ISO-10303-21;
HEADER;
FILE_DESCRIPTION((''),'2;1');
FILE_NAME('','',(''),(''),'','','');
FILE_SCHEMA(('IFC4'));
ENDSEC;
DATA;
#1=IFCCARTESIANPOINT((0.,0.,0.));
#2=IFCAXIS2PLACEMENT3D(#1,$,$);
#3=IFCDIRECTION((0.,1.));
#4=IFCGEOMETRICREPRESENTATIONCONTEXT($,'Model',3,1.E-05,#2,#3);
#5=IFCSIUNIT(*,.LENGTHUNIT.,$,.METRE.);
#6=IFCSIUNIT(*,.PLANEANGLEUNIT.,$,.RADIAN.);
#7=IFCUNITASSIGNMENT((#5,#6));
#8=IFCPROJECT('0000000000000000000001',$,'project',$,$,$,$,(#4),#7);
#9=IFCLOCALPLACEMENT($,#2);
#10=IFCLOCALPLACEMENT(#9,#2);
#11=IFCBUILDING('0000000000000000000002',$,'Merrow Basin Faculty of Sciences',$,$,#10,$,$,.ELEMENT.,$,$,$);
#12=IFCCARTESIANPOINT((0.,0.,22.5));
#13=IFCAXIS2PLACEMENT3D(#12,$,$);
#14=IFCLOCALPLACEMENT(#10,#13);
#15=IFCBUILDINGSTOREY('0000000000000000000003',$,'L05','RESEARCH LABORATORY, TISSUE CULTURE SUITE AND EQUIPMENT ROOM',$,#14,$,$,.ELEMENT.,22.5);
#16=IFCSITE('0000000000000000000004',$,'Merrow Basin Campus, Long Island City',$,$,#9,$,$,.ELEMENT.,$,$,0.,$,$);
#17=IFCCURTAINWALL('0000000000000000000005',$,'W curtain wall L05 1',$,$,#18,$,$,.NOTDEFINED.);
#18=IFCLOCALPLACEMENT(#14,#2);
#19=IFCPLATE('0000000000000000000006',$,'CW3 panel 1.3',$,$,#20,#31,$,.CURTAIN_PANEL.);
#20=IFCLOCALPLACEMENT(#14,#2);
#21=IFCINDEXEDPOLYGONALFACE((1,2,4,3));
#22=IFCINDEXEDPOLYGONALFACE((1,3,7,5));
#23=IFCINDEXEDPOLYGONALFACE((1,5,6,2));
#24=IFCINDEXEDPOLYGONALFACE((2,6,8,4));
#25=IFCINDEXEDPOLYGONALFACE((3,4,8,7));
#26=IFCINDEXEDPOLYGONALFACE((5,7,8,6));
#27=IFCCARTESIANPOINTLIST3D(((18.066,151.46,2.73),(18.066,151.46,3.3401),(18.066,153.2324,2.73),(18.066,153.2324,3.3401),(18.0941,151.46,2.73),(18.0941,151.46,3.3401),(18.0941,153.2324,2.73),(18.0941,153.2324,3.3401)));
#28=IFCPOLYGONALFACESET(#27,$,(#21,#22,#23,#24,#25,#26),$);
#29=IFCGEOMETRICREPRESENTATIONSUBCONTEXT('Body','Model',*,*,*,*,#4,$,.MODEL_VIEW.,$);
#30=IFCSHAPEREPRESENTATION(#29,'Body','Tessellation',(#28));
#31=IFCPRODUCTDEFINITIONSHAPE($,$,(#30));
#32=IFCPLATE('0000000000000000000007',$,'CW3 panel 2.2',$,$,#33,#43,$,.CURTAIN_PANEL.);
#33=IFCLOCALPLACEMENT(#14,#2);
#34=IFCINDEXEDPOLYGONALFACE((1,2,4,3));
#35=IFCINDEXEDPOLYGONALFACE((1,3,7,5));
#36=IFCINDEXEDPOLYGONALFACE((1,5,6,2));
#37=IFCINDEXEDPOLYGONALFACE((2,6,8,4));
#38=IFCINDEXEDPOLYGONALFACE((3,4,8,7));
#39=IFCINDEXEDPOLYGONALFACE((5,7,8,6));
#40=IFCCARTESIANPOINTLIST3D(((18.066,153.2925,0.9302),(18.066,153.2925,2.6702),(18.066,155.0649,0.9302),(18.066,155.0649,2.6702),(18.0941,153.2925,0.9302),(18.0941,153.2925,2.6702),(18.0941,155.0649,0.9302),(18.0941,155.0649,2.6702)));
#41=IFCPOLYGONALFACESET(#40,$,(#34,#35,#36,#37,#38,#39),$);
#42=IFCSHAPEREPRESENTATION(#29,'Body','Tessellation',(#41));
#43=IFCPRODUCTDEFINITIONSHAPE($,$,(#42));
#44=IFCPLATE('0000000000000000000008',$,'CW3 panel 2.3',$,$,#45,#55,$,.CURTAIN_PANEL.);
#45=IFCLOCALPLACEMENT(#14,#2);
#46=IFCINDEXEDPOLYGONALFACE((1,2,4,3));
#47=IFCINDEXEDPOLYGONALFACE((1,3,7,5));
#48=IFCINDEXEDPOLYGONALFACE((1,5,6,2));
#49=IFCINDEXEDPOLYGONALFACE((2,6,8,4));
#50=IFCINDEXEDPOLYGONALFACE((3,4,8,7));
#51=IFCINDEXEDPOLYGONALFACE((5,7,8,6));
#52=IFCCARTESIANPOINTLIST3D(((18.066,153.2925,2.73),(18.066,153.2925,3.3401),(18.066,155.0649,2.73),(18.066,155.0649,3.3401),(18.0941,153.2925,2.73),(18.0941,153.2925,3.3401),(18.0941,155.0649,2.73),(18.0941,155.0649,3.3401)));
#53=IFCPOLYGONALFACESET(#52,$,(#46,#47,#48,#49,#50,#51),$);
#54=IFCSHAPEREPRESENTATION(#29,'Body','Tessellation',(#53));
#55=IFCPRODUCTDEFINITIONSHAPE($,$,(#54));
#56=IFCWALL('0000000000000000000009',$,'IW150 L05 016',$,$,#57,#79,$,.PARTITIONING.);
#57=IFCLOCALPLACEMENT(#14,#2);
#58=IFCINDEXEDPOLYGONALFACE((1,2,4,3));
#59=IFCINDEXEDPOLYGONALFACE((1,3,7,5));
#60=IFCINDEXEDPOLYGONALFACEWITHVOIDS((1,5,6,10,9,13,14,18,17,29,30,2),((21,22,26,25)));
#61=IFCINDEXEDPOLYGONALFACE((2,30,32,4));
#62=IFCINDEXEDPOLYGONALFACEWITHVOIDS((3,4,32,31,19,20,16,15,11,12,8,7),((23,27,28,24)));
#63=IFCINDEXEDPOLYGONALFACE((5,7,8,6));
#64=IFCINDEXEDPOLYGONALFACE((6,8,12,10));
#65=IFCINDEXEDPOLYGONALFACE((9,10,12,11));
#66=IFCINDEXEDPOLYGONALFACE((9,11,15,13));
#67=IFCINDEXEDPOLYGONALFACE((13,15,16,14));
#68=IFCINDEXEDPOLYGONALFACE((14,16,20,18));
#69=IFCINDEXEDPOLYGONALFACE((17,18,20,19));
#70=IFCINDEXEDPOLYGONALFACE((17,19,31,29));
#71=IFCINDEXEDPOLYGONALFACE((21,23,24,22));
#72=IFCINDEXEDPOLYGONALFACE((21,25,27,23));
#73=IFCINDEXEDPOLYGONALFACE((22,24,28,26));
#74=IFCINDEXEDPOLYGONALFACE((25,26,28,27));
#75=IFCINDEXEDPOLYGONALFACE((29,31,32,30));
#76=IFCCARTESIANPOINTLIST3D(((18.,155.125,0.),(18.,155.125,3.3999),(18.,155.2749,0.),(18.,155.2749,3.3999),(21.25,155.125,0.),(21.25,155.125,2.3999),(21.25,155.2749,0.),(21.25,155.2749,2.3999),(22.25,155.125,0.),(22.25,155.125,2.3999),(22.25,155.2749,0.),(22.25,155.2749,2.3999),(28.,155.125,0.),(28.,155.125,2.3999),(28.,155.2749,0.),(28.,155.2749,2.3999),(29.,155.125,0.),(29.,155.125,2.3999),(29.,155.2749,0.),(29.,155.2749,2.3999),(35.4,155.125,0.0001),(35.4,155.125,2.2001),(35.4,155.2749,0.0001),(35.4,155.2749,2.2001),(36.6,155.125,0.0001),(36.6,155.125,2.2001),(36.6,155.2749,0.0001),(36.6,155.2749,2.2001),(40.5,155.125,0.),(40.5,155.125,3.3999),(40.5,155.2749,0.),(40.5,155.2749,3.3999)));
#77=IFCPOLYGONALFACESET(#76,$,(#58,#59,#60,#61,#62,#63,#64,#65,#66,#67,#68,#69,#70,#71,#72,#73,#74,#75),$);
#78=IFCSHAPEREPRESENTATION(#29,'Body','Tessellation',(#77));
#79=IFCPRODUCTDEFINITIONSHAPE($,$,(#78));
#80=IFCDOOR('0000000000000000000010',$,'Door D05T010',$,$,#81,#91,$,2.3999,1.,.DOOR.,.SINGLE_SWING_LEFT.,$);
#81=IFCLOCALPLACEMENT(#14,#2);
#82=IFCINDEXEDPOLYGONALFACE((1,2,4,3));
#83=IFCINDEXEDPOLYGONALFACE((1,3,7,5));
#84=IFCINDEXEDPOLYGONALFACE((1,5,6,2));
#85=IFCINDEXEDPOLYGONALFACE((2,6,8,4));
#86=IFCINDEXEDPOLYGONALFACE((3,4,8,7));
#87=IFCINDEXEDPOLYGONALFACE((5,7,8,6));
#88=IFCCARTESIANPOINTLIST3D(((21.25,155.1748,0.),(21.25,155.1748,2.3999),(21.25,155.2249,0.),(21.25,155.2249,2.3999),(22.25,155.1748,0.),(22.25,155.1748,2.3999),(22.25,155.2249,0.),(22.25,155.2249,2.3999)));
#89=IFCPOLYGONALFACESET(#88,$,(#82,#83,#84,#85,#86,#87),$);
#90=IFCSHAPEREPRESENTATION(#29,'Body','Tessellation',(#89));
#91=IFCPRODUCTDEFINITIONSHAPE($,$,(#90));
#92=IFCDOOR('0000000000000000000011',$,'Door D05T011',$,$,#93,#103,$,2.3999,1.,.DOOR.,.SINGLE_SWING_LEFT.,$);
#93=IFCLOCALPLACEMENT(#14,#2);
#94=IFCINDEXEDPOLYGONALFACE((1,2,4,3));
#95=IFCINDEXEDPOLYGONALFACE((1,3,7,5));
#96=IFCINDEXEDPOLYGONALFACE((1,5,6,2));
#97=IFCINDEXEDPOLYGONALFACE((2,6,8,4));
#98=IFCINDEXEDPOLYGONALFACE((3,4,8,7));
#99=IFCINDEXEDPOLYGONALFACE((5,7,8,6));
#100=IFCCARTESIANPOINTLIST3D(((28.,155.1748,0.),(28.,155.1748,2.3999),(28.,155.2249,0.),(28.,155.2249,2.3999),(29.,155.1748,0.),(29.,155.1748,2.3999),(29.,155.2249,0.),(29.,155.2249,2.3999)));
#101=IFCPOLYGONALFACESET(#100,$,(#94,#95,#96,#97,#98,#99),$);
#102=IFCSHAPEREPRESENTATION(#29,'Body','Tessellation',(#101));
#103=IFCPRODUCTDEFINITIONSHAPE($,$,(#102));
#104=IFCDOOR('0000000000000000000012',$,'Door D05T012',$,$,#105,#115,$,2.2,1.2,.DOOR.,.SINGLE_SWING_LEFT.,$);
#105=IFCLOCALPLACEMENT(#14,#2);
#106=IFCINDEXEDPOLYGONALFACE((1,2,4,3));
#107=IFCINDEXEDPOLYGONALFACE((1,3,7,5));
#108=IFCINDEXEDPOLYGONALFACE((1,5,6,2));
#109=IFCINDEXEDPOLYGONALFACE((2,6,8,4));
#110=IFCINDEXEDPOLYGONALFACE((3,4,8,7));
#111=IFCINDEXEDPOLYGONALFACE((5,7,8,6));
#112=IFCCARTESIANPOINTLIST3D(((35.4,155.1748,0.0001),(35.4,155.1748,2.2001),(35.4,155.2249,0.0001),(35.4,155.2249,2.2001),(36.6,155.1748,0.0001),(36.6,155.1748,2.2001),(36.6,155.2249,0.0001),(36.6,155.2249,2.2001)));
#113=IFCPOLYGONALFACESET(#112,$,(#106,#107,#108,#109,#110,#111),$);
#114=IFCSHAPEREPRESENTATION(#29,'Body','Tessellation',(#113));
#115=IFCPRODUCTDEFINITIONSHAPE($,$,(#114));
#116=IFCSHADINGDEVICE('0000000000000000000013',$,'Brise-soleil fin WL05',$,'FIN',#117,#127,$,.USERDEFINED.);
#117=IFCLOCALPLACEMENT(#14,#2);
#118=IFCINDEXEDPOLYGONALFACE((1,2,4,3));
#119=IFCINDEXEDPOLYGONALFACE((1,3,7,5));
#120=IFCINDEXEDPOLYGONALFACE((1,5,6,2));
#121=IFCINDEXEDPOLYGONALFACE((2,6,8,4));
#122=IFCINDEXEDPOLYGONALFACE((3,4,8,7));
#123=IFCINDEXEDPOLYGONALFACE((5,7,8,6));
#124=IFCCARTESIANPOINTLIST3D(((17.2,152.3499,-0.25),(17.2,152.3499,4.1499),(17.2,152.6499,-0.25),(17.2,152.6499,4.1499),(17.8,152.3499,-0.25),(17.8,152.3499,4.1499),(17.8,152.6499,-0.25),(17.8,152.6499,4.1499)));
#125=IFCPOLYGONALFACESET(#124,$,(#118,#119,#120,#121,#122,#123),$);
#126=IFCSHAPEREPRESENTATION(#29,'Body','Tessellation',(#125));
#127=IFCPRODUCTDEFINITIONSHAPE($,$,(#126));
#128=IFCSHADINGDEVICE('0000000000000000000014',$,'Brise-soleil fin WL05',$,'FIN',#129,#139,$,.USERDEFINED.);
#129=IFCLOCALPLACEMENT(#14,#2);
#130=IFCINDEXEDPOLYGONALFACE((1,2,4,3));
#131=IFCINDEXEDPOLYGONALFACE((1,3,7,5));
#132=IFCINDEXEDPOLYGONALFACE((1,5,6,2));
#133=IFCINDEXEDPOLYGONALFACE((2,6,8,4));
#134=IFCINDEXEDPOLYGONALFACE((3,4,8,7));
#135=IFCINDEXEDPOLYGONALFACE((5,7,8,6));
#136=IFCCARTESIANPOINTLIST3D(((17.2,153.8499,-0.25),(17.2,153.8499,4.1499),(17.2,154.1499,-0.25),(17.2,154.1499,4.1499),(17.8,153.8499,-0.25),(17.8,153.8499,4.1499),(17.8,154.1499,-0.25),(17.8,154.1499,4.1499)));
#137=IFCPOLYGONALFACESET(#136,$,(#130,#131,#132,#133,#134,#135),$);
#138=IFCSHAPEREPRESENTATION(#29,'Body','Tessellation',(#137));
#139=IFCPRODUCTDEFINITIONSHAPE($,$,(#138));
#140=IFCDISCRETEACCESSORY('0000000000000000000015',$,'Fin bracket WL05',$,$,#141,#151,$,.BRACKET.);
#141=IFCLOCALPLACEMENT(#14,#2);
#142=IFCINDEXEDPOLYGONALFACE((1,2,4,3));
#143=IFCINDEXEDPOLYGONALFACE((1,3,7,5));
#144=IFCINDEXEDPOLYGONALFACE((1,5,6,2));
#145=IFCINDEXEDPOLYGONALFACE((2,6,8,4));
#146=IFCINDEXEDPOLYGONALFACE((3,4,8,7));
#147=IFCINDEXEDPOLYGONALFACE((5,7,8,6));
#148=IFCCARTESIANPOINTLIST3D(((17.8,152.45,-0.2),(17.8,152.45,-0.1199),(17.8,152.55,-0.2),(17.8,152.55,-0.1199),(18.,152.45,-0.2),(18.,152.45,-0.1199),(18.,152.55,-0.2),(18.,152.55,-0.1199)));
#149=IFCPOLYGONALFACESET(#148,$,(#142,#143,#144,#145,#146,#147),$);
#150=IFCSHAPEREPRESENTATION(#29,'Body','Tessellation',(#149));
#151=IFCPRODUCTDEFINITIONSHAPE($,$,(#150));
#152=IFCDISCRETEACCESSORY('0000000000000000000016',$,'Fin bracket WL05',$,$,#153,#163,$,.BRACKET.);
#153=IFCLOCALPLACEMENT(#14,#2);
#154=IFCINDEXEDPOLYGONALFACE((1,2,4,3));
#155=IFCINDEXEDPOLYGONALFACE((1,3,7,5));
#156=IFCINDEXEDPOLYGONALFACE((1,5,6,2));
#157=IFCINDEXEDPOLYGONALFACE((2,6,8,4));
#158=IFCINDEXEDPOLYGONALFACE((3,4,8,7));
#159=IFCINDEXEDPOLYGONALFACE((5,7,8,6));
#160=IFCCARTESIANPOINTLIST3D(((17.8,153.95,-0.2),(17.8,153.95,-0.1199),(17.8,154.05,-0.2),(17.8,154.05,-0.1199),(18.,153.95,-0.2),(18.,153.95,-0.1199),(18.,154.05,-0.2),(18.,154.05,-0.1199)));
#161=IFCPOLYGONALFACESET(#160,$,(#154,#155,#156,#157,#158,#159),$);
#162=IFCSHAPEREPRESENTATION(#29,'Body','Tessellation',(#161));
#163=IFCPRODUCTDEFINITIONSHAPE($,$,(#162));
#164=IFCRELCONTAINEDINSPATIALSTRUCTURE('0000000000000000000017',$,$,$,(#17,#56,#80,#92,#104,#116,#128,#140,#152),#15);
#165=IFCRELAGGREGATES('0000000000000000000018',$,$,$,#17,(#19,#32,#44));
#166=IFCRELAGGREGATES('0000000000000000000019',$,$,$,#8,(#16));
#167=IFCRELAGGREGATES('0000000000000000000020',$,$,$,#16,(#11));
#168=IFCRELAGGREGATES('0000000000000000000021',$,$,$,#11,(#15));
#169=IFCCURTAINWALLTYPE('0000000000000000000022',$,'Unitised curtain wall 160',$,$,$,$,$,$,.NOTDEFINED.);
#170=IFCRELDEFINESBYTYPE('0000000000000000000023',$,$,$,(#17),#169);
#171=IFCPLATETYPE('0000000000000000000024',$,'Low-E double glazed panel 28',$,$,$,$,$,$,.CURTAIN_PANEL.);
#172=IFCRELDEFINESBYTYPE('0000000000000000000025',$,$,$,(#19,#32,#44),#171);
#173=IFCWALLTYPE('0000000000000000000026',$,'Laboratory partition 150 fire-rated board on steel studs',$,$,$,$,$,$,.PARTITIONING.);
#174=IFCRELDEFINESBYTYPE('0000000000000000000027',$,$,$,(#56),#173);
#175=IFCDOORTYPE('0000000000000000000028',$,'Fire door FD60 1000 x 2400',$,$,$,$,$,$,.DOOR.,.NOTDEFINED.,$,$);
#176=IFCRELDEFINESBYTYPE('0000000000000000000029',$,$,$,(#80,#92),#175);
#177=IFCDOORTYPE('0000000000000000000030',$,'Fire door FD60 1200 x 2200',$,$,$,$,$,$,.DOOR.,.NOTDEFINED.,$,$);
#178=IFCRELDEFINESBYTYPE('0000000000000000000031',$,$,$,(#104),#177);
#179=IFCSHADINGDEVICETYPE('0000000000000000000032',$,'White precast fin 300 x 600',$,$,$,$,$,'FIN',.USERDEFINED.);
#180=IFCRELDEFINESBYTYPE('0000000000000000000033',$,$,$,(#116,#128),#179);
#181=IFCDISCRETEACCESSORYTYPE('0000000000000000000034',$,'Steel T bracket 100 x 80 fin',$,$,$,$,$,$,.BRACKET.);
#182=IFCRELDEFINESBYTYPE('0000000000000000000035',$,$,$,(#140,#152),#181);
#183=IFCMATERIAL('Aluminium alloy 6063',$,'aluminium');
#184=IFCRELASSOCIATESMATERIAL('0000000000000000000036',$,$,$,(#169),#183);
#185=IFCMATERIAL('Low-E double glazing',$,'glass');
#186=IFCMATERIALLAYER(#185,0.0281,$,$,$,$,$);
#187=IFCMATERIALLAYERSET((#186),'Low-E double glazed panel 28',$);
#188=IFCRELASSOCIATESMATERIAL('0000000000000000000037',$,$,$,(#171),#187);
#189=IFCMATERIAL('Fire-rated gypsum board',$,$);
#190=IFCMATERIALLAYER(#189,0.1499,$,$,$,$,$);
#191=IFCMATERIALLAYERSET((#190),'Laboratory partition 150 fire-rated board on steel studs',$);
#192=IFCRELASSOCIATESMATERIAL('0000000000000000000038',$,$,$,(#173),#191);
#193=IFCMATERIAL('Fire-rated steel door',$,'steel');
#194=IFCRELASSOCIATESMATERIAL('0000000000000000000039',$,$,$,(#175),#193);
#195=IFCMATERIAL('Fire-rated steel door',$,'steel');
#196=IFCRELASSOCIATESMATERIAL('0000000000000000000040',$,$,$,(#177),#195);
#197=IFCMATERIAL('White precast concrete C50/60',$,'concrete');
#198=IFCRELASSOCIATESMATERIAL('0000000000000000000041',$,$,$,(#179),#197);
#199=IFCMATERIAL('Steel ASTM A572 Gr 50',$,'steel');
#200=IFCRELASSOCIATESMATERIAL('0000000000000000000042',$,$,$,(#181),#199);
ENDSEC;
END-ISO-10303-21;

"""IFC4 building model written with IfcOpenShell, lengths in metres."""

from ifc_helpers import new_model, si_unit, direction, frame, frame_2d, origin, origin_2d, place, context, subcontext, project, spatial, polyline, rectangle, outline, extrude, source, transform, mapped, material, layer, layer_set, type_object, element, fill, aggregate, save


model = new_model("IFC4")

# Units and contexts
model_context = context("Model", 3, precision=1e-05, world=origin(), true_north=direction((0.0, 1.0)))
body_context = subcontext(model_context, "Body", "Model", "MODEL_VIEW")
ifc_project = project(units=[si_unit("LENGTHUNIT", "METRE"), si_unit("PLANEANGLEUNIT", "RADIAN")], contexts=[model_context])

# Site, building, storey
site_placement = place(None, origin())
site = spatial("IfcSite", under=ifc_project, at=site_placement, Name="Merrow Basin Campus, Long Island City", CompositionType="ELEMENT", RefElevation=0.0)
building_placement = place(site_placement, origin())
building = spatial("IfcBuilding", under=site, at=building_placement, Name="Merrow Basin Faculty of Sciences", CompositionType="ELEMENT")
storey_placement = place(building_placement, frame((0.0, 0.0, 22.5)))
storey = spatial("IfcBuildingStorey", under=building, at=storey_placement, Name="L05", Description="RESEARCH LABORATORY, TISSUE CULTURE SUITE AND EQUIPMENT ROOM", CompositionType="ELEMENT", Elevation=22.5)

# Curtain wall, plates
ifc_material_1 = material(Name="Aluminium alloy 6063", Category="aluminium")
curtain_wall_type = type_object("IfcCurtainWallType", Name="Unitised curtain wall 160", PredefinedType="NOTDEFINED", material=ifc_material_1)
curtain_wall_placement = place(storey_placement, origin())
curtain_wall = element("IfcCurtainWall", 1, at=curtain_wall_placement, inside=storey, type_object=curtain_wall_type, Name="W curtain wall L05 1", PredefinedType="NOTDEFINED")
ifc_material_2 = material(Name="Low-E double glazing", Category="glass")
ifc_layer_1 = layer(ifc_material_2, 0.0281)
ifc_layer_set_1 = layer_set([ifc_layer_1], Name="Low-E double glazed panel 28")
plate_type_1 = type_object("IfcPlateType", Name="Low-E double glazed panel 28", PredefinedType="CURTAIN_PANEL", material=ifc_layer_set_1)
plate_1_placement = place(storey_placement, frame((18.0801, 152.3462, 2.73), z_axis=(0.0, 0.0, 1.0), x_axis=(0.0, 1.0, 0.0)))
plate_1 = element("IfcPlate", 2, at=plate_1_placement, type_object=plate_type_1, Name="CW3 panel 1.3", PredefinedType="CURTAIN_PANEL", context=body_context, shape_type="SweptSolid", body=[
    extrude(rectangle(XDim=1.7725, YDim=0.0281, at=origin_2d()), origin(), (0.0, 0.0, 1.0), 0.6101),
])
plate_2_placement = place(storey_placement, frame((18.0801, 154.1787, 0.9302), z_axis=(0.0, 0.0, 1.0), x_axis=(0.0, 1.0, 0.0)))
plate_2 = element("IfcPlate", 3, at=plate_2_placement, type_object=plate_type_1, Name="CW3 panel 2.2", PredefinedType="CURTAIN_PANEL", context=body_context, shape_type="SweptSolid", body=[
    extrude(rectangle(XDim=1.7725, YDim=0.0281, at=origin_2d()), origin(), (0.0, 0.0, 1.0), 1.74),
])
plate_3_placement = place(storey_placement, frame((18.0801, 154.1787, 2.73), z_axis=(0.0, 0.0, 1.0), x_axis=(0.0, 1.0, 0.0)))
plate_3 = element("IfcPlate", 4, at=plate_3_placement, type_object=plate_type_1, Name="CW3 panel 2.3", PredefinedType="CURTAIN_PANEL", context=body_context, shape_type="SweptSolid", body=[
    extrude(rectangle(XDim=1.7725, YDim=0.0281, at=origin_2d()), origin(), (0.0, 0.0, 1.0), 0.6101),
])
aggregate(curtain_wall, [plate_1, plate_2, plate_3])

# Wall, openings, doors
ifc_material_3 = material(Name="Fire-rated gypsum board")
ifc_layer_2 = layer(ifc_material_3, 0.1499)
ifc_layer_set_2 = layer_set([ifc_layer_2], Name="Laboratory partition 150 fire-rated board on steel studs")
wall_type = type_object("IfcWallType", Name="Laboratory partition 150 fire-rated board on steel studs", PredefinedType="PARTITIONING", material=ifc_layer_set_2)
wall_placement = place(storey_placement, frame((18.0, 155.2, 0.0), z_axis=(0.0, 0.0, 1.0), x_axis=(1.0, 0.0, 0.0)))
wall = element("IfcWall", 5, at=wall_placement, inside=storey, type_object=wall_type, Name="IW150 L05 016", PredefinedType="PARTITIONING", context=body_context, shape_type="SweptSolid", body=[
    extrude(rectangle(XDim=22.5, YDim=0.1499, at=frame_2d((11.25, 0.0))), origin(), (0.0, 0.0, 1.0), 3.3999),
])
opening_1_placement = place(wall_placement, frame((3.25, 0.0, 0.0)))
opening_1 = element("IfcOpeningElement", 6, at=opening_1_placement, cuts=wall, PredefinedType="OPENING", context=body_context, shape_type="SweptSolid", body=[
    extrude(rectangle(XDim=1.0, YDim=2.3999, at=frame_2d((0.5, 1.2))), frame((0.0, 0.085, 0.0), z_axis=(0.0, -1.0, 0.0), x_axis=(1.0, 0.0, 0.0)), (0.0, 0.0, 1.0), 0.1699),
])
opening_2_placement = place(wall_placement, frame((10.0, 0.0, 0.0)))
opening_2 = element("IfcOpeningElement", 7, at=opening_2_placement, cuts=wall, PredefinedType="OPENING", context=body_context, shape_type="SweptSolid", body=[
    extrude(rectangle(XDim=1.0, YDim=2.3999, at=frame_2d((0.5, 1.2))), frame((0.0, 0.085, 0.0), z_axis=(0.0, -1.0, 0.0), x_axis=(1.0, 0.0, 0.0)), (0.0, 0.0, 1.0), 0.1699),
])
opening_3_placement = place(wall_placement, frame((17.3999, 0.0, 0.0)))
opening_3 = element("IfcOpeningElement", 8, at=opening_3_placement, cuts=wall, PredefinedType="OPENING", context=body_context, shape_type="SweptSolid", body=[
    extrude(rectangle(XDim=1.2, YDim=2.2, at=frame_2d((0.6001, 1.1001))), frame((0.0, 0.085, 0.0), z_axis=(0.0, -1.0, 0.0), x_axis=(1.0, 0.0, 0.0)), (0.0, 0.0, 1.0), 0.1699),
])
ifc_material_4 = material(Name="Fire-rated steel door", Category="steel")
door_type_1 = type_object("IfcDoorType", Name="Fire door FD60 1000 x 2400", OperationType="NOTDEFINED", PredefinedType="DOOR", material=ifc_material_4)
door_1_placement = place(opening_1_placement, origin())
door_1 = element("IfcDoor", 9, at=door_1_placement, inside=storey, type_object=door_type_1, Name="Door D05T010", OperationType="SINGLE_SWING_LEFT", OverallHeight=2.3999, OverallWidth=1.0, PredefinedType="DOOR", context=body_context, shape_type="SweptSolid", body=[
    extrude(rectangle(XDim=1.0, YDim=2.3999, at=frame_2d((0.5, 1.2))), frame((0.0, 0.0249, 0.0), z_axis=(0.0, -1.0, 0.0), x_axis=(1.0, 0.0, 0.0)), (0.0, 0.0, 1.0), 0.05),
])
fill(opening_1, door_1)
door_2_placement = place(opening_2_placement, origin())
door_2 = element("IfcDoor", 10, at=door_2_placement, inside=storey, type_object=door_type_1, Name="Door D05T011", OperationType="SINGLE_SWING_LEFT", OverallHeight=2.3999, OverallWidth=1.0, PredefinedType="DOOR", context=body_context, shape_type="SweptSolid", body=[
    extrude(rectangle(XDim=1.0, YDim=2.3999, at=frame_2d((0.5, 1.2))), frame((0.0, 0.0249, 0.0), z_axis=(0.0, -1.0, 0.0), x_axis=(1.0, 0.0, 0.0)), (0.0, 0.0, 1.0), 0.05),
])
fill(opening_2, door_2)
ifc_material_5 = material(Name="Fire-rated steel door", Category="steel")
door_type_2 = type_object("IfcDoorType", Name="Fire door FD60 1200 x 2200", OperationType="NOTDEFINED", PredefinedType="DOOR", material=ifc_material_5)
door_3_placement = place(opening_3_placement, origin())
door_3 = element("IfcDoor", 11, at=door_3_placement, inside=storey, type_object=door_type_2, Name="Door D05T012", OperationType="SINGLE_SWING_LEFT", OverallHeight=2.2, OverallWidth=1.2, PredefinedType="DOOR", context=body_context, shape_type="SweptSolid", body=[
    extrude(rectangle(XDim=1.2, YDim=2.2, at=frame_2d((0.6001, 1.1001))), frame((0.0, 0.0249, 0.0), z_axis=(0.0, -1.0, 0.0), x_axis=(1.0, 0.0, 0.0)), (0.0, 0.0, 1.0), 0.05),
])
fill(opening_3, door_3)

# Shading devices
ifc_material_6 = material(Name="White precast concrete C50/60", Category="concrete")
shading_device_type = type_object("IfcShadingDeviceType", Name="White precast fin 300 x 600", ElementType="FIN", PredefinedType="USERDEFINED", material=ifc_material_6)
shared_shape_1 = source(origin(), body_context, "Body", "SweptSolid", [
    extrude(outline(polyline([(0.0, 0.0), (0.3, 0.0), (0.3, 4.3999), (0.0, 4.3999), (0.0, 0.0)])), origin(), (0.0, 0.0, 1.0), 0.6001),
])
for number, where, z_axis, x_axis, name in (
    (12, (17.8, 152.6499, -0.25), (-1.0, 0.0, 0.0), (0.0, -1.0, 0.0), "Brise-soleil fin WL05"),
    (13, (17.8, 154.1499, -0.25), (-1.0, 0.0, 0.0), (0.0, -1.0, 0.0), "Brise-soleil fin WL05"),
):
    element("IfcShadingDevice", number, at=place(storey_placement, frame(where, z_axis=z_axis, x_axis=x_axis)), inside=storey, type_object=shading_device_type, Name=name, ObjectType="FIN", PredefinedType="USERDEFINED", context=body_context, shape_type="MappedRepresentation", body=[
        mapped(shared_shape_1, transform((0.0, 0.0, 0.0), scale=1.0)),
    ])

# Discrete accessories
ifc_material_7 = material(Name="Steel ASTM A572 Gr 50", Category="steel")
discrete_accessory_type = type_object("IfcDiscreteAccessoryType", Name="Steel T bracket 100 x 80 fin", PredefinedType="BRACKET", material=ifc_material_7)
shared_shape_2 = source(origin(), body_context, "Body", "SweptSolid", [
    extrude(outline(polyline([(0.0, 0.0), (0.1001, 0.0), (0.1001, 0.0801), (0.0, 0.0801), (0.0, 0.0)])), origin(), (0.0, 0.0, 1.0), 0.2),
])
for number, where, z_axis, x_axis, name in (
    (14, (18.0, 152.55, -0.2), (-1.0, 0.0, 0.0), (0.0, -1.0, 0.0), "Fin bracket WL05"),
    (15, (18.0, 154.05, -0.2), (-1.0, 0.0, 0.0), (0.0, -1.0, 0.0), "Fin bracket WL05"),
):
    element("IfcDiscreteAccessory", number, at=place(storey_placement, frame(where, z_axis=z_axis, x_axis=x_axis)), inside=storey, type_object=discrete_accessory_type, Name=name, PredefinedType="BRACKET", context=body_context, shape_type="MappedRepresentation", body=[
        mapped(shared_shape_2, transform((0.0, 0.0, 0.0), scale=1.0)),
    ])

save(model, "model.ifc")
